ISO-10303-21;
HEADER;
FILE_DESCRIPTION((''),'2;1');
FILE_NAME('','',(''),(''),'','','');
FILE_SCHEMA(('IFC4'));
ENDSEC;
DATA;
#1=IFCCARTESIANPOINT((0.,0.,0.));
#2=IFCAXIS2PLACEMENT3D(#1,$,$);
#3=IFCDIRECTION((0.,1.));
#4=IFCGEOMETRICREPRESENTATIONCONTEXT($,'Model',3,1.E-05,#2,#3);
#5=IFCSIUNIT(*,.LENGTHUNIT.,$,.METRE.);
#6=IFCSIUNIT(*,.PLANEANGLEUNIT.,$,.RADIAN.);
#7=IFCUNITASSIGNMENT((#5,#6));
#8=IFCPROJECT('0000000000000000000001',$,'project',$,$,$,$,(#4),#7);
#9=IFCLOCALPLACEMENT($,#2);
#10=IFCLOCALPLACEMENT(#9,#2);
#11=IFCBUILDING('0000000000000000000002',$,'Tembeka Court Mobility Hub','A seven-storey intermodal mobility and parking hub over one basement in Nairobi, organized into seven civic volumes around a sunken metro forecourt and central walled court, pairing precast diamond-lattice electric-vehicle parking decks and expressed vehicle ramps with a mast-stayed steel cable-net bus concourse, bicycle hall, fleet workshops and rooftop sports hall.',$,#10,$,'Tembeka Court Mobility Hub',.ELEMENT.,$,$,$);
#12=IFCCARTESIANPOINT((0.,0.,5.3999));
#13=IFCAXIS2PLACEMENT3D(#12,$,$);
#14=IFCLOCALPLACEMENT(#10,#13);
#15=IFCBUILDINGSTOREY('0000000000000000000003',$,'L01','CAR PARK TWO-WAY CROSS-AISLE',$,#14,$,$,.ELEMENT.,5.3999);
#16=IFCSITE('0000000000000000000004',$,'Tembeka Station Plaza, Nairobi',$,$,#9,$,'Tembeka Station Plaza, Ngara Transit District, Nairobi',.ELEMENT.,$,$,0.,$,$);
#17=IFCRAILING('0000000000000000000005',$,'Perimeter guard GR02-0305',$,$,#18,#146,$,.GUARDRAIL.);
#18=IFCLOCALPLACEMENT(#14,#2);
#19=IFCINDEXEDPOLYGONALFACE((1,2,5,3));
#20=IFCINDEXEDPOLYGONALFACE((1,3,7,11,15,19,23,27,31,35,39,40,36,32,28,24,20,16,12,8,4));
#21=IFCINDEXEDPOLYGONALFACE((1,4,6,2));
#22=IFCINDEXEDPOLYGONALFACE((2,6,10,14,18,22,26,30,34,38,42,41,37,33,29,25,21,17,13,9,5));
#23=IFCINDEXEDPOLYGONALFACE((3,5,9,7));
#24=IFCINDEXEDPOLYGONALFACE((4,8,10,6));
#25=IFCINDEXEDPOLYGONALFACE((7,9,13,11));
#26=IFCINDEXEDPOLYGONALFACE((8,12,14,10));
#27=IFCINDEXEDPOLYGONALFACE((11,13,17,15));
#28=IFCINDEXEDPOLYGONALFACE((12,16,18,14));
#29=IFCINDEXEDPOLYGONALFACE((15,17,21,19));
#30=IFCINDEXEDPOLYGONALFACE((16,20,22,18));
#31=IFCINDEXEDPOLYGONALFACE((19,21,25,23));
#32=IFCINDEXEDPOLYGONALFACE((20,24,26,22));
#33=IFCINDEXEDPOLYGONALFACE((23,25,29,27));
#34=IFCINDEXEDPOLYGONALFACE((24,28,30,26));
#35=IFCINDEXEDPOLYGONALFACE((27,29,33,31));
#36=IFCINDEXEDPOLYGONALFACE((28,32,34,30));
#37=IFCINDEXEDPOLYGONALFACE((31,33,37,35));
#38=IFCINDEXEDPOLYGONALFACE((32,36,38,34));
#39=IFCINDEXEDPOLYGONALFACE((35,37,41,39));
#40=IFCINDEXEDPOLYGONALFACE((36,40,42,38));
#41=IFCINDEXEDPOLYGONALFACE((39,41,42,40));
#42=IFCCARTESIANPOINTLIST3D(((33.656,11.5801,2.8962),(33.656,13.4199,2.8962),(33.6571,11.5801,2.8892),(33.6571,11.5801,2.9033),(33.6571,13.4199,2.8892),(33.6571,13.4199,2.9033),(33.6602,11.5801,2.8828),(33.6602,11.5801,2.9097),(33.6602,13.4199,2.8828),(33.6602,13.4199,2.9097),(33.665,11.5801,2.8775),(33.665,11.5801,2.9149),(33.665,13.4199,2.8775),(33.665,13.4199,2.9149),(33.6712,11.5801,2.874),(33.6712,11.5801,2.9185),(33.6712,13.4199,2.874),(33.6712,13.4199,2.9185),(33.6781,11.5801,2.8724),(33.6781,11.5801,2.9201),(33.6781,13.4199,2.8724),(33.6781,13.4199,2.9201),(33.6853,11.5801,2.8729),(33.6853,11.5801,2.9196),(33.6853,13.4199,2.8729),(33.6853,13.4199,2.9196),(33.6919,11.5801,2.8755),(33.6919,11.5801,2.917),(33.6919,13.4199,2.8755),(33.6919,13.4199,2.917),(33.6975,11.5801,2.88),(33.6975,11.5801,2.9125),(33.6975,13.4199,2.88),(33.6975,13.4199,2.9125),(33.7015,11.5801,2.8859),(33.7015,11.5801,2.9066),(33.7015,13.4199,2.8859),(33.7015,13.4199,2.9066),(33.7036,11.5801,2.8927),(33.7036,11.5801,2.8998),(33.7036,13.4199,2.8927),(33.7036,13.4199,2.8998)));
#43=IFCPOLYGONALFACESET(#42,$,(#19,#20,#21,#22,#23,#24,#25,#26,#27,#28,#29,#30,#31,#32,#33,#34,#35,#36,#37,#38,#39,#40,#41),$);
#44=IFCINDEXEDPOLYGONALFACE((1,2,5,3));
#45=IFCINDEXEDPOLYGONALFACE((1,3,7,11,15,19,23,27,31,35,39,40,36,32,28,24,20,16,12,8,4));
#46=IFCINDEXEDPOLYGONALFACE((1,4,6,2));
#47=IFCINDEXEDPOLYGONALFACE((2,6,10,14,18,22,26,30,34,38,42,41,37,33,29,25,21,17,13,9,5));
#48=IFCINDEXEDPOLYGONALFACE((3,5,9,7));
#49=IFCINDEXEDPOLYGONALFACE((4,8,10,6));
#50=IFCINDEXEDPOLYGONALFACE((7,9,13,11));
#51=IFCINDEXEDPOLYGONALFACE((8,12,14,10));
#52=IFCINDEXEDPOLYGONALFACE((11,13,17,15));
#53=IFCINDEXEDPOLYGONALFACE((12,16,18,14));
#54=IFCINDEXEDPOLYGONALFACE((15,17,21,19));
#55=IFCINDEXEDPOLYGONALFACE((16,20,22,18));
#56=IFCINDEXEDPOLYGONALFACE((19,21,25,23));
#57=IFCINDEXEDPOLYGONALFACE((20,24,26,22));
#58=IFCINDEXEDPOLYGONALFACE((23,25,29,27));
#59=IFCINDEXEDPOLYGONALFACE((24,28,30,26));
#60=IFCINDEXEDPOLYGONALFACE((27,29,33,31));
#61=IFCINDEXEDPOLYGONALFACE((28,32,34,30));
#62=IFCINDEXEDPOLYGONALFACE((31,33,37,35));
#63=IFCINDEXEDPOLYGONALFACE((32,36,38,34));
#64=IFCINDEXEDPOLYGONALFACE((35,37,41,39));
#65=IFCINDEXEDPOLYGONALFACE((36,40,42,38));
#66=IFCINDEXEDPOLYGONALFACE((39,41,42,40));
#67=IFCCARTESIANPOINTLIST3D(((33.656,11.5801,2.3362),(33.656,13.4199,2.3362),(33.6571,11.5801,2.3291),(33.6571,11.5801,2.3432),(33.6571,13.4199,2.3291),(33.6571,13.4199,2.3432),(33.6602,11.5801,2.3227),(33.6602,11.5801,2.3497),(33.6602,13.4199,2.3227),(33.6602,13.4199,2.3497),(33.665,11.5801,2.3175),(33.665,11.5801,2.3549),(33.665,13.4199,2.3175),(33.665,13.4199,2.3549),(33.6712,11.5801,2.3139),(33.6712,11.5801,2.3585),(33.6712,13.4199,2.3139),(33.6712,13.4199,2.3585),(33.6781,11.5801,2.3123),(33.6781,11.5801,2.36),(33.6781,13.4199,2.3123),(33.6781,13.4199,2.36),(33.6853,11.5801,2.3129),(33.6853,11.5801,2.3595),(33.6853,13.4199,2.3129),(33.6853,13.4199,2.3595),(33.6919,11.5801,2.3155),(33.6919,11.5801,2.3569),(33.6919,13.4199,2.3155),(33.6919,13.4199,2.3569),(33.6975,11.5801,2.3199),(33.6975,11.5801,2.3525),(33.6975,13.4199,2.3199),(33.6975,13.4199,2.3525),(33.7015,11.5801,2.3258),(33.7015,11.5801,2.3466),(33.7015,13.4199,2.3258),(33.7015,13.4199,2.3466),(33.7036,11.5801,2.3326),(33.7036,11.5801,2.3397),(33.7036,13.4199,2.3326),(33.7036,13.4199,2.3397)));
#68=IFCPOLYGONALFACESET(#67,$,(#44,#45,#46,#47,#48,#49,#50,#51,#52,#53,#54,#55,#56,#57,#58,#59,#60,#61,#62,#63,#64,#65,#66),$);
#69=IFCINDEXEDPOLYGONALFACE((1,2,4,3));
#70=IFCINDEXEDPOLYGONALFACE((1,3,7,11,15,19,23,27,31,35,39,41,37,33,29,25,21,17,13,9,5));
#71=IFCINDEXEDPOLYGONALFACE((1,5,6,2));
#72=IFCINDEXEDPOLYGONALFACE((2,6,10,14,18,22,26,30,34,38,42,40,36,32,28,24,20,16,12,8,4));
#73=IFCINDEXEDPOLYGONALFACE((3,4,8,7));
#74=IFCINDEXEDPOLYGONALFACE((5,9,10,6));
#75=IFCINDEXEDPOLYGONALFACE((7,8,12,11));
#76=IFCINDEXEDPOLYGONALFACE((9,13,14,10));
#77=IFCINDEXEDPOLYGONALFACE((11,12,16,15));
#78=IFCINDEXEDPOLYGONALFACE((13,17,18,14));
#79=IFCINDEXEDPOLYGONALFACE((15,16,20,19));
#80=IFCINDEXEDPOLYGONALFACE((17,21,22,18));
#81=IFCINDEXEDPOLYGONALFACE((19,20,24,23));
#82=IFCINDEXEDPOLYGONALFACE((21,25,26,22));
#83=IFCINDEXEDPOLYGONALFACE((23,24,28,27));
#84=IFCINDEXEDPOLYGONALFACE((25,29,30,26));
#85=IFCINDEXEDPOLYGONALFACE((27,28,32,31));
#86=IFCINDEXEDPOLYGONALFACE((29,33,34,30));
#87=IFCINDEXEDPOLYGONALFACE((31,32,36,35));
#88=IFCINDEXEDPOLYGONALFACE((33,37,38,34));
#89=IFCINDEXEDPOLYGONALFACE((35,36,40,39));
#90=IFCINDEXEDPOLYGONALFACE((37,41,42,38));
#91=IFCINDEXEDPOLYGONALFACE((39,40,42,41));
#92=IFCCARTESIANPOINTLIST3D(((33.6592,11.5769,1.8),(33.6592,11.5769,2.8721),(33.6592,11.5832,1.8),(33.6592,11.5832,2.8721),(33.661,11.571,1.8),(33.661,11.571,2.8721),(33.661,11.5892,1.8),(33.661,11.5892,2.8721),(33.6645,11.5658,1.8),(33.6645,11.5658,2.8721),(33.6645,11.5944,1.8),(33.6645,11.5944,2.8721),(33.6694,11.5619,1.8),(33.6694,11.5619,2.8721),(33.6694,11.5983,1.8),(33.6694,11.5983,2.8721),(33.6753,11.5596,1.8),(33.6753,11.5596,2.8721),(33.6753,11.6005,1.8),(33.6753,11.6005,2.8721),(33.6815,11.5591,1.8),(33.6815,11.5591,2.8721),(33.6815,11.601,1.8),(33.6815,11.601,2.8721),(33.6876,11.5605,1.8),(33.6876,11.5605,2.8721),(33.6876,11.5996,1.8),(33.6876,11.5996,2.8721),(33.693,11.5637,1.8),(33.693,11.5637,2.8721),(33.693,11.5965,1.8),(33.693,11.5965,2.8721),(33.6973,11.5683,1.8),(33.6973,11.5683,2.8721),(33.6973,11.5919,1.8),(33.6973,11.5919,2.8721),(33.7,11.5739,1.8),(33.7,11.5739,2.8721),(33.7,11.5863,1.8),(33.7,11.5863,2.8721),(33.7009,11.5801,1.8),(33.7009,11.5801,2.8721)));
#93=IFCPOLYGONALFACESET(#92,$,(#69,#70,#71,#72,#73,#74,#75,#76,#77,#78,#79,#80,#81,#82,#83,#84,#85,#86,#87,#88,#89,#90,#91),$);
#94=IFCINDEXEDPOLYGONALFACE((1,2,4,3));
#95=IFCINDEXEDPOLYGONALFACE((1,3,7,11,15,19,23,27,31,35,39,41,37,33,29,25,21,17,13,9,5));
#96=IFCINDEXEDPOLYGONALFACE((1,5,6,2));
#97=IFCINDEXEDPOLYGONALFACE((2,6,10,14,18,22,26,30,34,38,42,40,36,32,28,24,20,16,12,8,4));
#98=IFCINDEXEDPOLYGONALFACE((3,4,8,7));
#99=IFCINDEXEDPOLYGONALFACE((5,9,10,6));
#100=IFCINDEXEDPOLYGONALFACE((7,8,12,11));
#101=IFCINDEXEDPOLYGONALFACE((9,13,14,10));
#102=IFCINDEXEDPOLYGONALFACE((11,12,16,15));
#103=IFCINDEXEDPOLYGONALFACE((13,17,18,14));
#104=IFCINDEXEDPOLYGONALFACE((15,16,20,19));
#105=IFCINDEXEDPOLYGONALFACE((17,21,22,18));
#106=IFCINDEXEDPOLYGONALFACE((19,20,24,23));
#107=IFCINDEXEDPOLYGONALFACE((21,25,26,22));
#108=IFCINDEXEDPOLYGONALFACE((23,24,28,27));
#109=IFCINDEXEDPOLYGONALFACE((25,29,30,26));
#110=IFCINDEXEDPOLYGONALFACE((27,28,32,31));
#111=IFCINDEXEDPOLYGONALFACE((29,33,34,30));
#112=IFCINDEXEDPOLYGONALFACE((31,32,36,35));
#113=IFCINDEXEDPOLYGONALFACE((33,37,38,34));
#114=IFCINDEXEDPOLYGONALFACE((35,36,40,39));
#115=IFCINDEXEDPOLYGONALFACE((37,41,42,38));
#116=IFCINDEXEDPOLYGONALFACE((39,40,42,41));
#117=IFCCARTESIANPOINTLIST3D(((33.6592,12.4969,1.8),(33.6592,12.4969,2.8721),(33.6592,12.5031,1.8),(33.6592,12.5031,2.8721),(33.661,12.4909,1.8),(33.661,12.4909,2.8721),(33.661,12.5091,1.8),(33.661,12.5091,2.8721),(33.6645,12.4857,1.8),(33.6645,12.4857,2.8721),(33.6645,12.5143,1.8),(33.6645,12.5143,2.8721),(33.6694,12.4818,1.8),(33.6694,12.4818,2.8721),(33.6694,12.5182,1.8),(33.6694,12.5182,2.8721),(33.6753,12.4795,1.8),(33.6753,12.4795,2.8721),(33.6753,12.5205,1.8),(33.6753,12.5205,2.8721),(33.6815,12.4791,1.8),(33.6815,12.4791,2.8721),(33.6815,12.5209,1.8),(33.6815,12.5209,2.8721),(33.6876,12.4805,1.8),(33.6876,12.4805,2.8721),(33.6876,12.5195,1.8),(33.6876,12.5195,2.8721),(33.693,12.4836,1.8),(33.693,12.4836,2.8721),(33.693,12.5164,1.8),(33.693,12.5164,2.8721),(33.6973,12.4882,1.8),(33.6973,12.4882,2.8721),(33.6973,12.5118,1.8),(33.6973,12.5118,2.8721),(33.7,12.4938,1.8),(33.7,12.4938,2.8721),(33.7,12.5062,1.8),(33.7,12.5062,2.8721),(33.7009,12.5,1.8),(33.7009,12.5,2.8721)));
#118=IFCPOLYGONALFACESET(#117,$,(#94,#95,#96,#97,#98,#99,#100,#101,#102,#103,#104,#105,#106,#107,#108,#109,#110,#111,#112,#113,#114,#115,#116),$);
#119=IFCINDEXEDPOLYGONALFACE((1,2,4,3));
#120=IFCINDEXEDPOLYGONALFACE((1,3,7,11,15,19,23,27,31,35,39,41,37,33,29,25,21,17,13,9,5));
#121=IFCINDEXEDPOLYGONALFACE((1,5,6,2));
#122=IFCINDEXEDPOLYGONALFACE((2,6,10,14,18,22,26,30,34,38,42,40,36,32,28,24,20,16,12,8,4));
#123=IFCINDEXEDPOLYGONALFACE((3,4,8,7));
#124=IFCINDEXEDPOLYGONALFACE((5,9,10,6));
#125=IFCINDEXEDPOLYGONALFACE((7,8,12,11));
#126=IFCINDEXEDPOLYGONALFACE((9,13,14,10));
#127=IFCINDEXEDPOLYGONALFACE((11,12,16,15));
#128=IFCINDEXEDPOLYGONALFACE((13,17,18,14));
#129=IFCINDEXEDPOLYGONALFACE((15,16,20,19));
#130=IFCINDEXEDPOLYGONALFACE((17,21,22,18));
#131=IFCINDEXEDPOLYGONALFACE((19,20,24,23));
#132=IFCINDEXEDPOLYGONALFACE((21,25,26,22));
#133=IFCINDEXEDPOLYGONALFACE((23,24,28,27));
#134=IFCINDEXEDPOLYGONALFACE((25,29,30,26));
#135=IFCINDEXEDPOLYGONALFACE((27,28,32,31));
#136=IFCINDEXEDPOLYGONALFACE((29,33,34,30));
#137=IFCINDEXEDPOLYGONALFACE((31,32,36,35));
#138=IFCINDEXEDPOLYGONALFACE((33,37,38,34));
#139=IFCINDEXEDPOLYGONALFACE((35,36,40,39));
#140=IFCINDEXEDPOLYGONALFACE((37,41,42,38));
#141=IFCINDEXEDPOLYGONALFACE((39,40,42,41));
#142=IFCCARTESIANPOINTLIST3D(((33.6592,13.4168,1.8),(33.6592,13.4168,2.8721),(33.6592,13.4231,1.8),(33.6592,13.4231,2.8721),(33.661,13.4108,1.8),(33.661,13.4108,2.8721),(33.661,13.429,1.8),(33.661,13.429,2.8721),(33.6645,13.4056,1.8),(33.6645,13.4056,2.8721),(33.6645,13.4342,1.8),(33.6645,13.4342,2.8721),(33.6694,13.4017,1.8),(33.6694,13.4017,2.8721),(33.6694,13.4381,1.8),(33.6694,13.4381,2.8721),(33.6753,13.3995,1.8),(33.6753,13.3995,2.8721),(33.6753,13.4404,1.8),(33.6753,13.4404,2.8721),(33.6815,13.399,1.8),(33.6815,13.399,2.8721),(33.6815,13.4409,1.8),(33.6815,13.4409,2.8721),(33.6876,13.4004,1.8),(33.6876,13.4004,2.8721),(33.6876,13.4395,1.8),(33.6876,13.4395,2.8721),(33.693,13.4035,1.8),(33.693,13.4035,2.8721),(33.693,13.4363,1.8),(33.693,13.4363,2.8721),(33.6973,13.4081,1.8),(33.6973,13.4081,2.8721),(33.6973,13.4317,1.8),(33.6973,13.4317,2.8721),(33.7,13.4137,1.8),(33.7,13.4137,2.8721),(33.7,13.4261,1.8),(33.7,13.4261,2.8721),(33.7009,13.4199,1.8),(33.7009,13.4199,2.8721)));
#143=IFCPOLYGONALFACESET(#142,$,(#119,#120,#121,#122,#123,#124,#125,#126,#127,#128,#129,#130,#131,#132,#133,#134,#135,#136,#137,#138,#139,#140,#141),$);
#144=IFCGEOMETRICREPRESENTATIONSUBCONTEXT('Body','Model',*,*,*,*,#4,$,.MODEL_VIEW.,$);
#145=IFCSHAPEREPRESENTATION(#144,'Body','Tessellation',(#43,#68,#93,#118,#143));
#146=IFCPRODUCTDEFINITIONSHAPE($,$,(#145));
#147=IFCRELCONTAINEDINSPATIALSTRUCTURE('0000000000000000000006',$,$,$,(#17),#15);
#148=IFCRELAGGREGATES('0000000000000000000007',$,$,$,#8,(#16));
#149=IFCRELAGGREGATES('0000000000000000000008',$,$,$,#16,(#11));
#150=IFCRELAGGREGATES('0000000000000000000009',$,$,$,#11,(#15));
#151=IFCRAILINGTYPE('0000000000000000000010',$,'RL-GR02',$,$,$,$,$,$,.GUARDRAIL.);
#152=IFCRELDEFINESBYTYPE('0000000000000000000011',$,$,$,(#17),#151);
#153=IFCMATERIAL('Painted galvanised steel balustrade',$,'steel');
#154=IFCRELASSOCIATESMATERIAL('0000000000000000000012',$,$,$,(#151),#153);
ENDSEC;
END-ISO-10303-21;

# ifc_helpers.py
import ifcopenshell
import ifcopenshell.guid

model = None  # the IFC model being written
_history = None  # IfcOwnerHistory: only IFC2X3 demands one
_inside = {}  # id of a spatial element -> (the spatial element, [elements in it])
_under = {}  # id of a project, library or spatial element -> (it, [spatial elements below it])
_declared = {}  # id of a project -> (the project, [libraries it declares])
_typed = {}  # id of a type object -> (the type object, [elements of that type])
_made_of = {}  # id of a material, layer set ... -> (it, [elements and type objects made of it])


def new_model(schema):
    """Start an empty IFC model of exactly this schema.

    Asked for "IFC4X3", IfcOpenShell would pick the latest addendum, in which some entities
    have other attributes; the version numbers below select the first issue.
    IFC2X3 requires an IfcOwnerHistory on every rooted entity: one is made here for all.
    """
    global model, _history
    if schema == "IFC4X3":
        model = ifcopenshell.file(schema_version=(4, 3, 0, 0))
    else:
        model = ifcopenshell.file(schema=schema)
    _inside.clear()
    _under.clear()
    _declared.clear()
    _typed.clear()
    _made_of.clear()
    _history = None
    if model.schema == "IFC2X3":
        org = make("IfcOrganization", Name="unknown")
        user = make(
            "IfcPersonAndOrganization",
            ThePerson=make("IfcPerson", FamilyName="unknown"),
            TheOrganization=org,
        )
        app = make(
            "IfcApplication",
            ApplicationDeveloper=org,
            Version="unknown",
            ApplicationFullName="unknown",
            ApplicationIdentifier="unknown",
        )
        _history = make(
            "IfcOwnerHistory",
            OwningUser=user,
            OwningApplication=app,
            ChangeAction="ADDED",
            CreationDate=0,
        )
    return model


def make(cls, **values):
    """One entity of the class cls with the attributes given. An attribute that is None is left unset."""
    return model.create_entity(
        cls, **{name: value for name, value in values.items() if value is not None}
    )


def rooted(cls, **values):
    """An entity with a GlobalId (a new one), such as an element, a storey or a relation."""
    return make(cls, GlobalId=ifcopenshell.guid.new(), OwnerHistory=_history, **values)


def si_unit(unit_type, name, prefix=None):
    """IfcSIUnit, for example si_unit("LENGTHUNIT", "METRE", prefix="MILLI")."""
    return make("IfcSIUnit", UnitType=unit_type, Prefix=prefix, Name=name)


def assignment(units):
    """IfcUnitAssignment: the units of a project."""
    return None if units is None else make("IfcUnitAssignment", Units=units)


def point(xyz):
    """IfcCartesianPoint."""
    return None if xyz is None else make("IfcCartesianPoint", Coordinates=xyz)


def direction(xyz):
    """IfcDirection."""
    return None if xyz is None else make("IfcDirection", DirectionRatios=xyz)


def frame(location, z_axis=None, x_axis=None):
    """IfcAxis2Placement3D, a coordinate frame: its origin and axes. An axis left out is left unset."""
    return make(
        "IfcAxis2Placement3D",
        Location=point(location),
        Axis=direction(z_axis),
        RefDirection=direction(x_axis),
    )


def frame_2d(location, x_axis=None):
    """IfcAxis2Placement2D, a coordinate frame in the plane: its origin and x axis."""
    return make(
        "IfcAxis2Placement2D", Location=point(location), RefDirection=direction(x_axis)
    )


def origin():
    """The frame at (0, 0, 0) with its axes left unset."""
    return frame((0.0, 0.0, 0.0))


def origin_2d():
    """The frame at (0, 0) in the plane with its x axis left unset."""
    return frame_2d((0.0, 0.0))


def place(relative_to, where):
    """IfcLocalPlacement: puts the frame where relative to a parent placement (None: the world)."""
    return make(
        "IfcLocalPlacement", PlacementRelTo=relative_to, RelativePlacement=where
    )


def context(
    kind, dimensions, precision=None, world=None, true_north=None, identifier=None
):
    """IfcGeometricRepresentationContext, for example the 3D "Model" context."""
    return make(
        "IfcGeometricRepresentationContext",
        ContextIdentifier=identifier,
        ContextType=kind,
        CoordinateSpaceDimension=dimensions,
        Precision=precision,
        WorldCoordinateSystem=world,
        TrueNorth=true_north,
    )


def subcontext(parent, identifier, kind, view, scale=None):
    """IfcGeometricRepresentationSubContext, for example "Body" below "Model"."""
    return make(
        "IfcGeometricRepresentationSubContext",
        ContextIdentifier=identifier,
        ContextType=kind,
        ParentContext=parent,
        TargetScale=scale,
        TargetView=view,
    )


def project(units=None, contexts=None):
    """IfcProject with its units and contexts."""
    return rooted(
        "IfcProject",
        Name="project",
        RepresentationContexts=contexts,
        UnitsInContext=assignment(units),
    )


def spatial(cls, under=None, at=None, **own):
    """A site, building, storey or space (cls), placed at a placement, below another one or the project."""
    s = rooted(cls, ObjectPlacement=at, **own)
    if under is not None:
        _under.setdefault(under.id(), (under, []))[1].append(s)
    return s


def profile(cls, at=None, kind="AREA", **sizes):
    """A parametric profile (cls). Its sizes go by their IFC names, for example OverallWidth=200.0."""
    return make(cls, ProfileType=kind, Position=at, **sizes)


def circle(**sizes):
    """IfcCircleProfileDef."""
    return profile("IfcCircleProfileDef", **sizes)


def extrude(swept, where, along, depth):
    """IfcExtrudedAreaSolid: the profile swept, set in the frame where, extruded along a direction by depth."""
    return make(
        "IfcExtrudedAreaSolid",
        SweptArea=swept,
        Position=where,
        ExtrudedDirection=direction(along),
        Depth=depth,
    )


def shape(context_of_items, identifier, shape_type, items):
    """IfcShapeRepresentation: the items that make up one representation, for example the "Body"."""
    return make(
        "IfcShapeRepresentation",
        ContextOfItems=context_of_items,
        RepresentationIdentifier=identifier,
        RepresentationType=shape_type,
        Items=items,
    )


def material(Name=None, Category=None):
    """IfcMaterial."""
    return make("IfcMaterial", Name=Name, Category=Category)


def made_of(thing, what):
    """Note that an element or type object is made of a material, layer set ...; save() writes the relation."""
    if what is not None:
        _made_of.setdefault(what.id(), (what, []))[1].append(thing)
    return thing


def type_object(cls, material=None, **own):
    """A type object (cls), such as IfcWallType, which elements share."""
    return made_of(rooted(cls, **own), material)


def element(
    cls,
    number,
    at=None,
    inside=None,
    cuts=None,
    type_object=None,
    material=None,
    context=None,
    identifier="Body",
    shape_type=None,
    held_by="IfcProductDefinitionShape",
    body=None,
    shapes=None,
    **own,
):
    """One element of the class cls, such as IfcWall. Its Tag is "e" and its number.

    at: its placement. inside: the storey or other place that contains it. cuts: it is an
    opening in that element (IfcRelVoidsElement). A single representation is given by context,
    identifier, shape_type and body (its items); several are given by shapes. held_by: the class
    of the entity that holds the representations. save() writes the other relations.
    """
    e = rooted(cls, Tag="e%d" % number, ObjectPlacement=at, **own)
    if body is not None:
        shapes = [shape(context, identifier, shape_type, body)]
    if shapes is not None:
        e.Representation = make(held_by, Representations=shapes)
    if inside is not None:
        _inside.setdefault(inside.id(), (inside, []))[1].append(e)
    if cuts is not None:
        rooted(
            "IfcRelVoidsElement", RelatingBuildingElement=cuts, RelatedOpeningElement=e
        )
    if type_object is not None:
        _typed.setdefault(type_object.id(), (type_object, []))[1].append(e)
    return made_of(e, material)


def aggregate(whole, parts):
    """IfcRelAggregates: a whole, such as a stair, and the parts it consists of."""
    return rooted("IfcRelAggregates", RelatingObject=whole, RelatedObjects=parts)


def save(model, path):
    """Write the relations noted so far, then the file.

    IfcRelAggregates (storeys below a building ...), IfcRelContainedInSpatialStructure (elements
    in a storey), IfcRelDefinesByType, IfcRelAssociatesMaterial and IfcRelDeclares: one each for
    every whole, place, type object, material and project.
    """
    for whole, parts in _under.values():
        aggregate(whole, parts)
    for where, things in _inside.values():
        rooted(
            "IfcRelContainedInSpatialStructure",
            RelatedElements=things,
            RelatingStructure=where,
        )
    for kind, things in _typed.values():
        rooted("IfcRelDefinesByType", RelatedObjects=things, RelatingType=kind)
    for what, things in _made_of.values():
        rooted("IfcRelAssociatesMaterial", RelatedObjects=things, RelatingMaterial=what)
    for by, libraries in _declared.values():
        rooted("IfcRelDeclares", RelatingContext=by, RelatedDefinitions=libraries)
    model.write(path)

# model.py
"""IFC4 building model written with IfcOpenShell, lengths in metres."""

from ifc_helpers import new_model, si_unit, direction, frame, origin, origin_2d, place, context, subcontext, project, spatial, circle, extrude, material, type_object, element, save


model = new_model("IFC4")

# Units and contexts
model_context = context("Model", 3, precision=1e-05, world=origin(), true_north=direction((0.0, 1.0)))
body_context = subcontext(model_context, "Body", "Model", "MODEL_VIEW")
ifc_project = project(units=[si_unit("LENGTHUNIT", "METRE"), si_unit("PLANEANGLEUNIT", "RADIAN")], contexts=[model_context])

# Site, building, storey
site_placement = place(None, origin())
site = spatial("IfcSite", under=ifc_project, at=site_placement, Name="Tembeka Station Plaza, Nairobi", LongName="Tembeka Station Plaza, Ngara Transit District, Nairobi", CompositionType="ELEMENT", RefElevation=0.0)
building_placement = place(site_placement, origin())
building = spatial("IfcBuilding", under=site, at=building_placement, Name="Tembeka Court Mobility Hub", Description="A seven-storey intermodal mobility and parking hub over one basement in Nairobi, organized into seven civic volumes around a sunken metro forecourt and central walled court, pairing precast diamond-lattice electric-vehicle parking decks and expressed vehicle ramps with a mast-stayed steel cable-net bus concourse, bicycle hall, fleet workshops and rooftop sports hall.", LongName="Tembeka Court Mobility Hub", CompositionType="ELEMENT")
storey_placement = place(building_placement, frame((0.0, 0.0, 5.3999)))
storey = spatial("IfcBuildingStorey", under=building, at=storey_placement, Name="L01", Description="CAR PARK TWO-WAY CROSS-AISLE", CompositionType="ELEMENT", Elevation=5.3999)

# Railing
ifc_material_1 = material(Name="Painted galvanised steel balustrade", Category="steel")
railing_type = type_object("IfcRailingType", Name="RL-GR02", PredefinedType="GUARDRAIL", material=ifc_material_1)
railing_1_placement = place(storey_placement, frame((33.6799, 11.5801, 1.8)))
element("IfcRailing", 1, at=railing_1_placement, inside=storey, type_object=railing_type, Name="Perimeter guard GR02-0305", PredefinedType="GUARDRAIL", context=body_context, shape_type="SweptSolid", body=[
    extrude(circle(Radius=0.0239, at=origin_2d()), frame((0.0, 0.0, 1.0962), z_axis=(0.0, 1.0, 0.0), x_axis=(-1.0, 0.0, 0.0)), (0.0, 0.0, 1.0), 1.8398),
    extrude(circle(Radius=0.0239, at=origin_2d()), frame((0.0, 0.0, 0.5361), z_axis=(0.0, 1.0, 0.0), x_axis=(-1.0, 0.0, 0.0)), (0.0, 0.0, 1.0), 1.8398),
    extrude(circle(Radius=0.021, at=origin_2d()), origin(), (0.0, 0.0, 1.0), 1.072),
    extrude(circle(Radius=0.021, at=origin_2d()), frame((0.0, 0.9199, 0.0)), (0.0, 0.0, 1.0), 1.072),
    extrude(circle(Radius=0.021, at=origin_2d()), frame((0.0, 1.8398, 0.0)), (0.0, 0.0, 1.0), 1.072),
])

save(model, "model.ifc")
